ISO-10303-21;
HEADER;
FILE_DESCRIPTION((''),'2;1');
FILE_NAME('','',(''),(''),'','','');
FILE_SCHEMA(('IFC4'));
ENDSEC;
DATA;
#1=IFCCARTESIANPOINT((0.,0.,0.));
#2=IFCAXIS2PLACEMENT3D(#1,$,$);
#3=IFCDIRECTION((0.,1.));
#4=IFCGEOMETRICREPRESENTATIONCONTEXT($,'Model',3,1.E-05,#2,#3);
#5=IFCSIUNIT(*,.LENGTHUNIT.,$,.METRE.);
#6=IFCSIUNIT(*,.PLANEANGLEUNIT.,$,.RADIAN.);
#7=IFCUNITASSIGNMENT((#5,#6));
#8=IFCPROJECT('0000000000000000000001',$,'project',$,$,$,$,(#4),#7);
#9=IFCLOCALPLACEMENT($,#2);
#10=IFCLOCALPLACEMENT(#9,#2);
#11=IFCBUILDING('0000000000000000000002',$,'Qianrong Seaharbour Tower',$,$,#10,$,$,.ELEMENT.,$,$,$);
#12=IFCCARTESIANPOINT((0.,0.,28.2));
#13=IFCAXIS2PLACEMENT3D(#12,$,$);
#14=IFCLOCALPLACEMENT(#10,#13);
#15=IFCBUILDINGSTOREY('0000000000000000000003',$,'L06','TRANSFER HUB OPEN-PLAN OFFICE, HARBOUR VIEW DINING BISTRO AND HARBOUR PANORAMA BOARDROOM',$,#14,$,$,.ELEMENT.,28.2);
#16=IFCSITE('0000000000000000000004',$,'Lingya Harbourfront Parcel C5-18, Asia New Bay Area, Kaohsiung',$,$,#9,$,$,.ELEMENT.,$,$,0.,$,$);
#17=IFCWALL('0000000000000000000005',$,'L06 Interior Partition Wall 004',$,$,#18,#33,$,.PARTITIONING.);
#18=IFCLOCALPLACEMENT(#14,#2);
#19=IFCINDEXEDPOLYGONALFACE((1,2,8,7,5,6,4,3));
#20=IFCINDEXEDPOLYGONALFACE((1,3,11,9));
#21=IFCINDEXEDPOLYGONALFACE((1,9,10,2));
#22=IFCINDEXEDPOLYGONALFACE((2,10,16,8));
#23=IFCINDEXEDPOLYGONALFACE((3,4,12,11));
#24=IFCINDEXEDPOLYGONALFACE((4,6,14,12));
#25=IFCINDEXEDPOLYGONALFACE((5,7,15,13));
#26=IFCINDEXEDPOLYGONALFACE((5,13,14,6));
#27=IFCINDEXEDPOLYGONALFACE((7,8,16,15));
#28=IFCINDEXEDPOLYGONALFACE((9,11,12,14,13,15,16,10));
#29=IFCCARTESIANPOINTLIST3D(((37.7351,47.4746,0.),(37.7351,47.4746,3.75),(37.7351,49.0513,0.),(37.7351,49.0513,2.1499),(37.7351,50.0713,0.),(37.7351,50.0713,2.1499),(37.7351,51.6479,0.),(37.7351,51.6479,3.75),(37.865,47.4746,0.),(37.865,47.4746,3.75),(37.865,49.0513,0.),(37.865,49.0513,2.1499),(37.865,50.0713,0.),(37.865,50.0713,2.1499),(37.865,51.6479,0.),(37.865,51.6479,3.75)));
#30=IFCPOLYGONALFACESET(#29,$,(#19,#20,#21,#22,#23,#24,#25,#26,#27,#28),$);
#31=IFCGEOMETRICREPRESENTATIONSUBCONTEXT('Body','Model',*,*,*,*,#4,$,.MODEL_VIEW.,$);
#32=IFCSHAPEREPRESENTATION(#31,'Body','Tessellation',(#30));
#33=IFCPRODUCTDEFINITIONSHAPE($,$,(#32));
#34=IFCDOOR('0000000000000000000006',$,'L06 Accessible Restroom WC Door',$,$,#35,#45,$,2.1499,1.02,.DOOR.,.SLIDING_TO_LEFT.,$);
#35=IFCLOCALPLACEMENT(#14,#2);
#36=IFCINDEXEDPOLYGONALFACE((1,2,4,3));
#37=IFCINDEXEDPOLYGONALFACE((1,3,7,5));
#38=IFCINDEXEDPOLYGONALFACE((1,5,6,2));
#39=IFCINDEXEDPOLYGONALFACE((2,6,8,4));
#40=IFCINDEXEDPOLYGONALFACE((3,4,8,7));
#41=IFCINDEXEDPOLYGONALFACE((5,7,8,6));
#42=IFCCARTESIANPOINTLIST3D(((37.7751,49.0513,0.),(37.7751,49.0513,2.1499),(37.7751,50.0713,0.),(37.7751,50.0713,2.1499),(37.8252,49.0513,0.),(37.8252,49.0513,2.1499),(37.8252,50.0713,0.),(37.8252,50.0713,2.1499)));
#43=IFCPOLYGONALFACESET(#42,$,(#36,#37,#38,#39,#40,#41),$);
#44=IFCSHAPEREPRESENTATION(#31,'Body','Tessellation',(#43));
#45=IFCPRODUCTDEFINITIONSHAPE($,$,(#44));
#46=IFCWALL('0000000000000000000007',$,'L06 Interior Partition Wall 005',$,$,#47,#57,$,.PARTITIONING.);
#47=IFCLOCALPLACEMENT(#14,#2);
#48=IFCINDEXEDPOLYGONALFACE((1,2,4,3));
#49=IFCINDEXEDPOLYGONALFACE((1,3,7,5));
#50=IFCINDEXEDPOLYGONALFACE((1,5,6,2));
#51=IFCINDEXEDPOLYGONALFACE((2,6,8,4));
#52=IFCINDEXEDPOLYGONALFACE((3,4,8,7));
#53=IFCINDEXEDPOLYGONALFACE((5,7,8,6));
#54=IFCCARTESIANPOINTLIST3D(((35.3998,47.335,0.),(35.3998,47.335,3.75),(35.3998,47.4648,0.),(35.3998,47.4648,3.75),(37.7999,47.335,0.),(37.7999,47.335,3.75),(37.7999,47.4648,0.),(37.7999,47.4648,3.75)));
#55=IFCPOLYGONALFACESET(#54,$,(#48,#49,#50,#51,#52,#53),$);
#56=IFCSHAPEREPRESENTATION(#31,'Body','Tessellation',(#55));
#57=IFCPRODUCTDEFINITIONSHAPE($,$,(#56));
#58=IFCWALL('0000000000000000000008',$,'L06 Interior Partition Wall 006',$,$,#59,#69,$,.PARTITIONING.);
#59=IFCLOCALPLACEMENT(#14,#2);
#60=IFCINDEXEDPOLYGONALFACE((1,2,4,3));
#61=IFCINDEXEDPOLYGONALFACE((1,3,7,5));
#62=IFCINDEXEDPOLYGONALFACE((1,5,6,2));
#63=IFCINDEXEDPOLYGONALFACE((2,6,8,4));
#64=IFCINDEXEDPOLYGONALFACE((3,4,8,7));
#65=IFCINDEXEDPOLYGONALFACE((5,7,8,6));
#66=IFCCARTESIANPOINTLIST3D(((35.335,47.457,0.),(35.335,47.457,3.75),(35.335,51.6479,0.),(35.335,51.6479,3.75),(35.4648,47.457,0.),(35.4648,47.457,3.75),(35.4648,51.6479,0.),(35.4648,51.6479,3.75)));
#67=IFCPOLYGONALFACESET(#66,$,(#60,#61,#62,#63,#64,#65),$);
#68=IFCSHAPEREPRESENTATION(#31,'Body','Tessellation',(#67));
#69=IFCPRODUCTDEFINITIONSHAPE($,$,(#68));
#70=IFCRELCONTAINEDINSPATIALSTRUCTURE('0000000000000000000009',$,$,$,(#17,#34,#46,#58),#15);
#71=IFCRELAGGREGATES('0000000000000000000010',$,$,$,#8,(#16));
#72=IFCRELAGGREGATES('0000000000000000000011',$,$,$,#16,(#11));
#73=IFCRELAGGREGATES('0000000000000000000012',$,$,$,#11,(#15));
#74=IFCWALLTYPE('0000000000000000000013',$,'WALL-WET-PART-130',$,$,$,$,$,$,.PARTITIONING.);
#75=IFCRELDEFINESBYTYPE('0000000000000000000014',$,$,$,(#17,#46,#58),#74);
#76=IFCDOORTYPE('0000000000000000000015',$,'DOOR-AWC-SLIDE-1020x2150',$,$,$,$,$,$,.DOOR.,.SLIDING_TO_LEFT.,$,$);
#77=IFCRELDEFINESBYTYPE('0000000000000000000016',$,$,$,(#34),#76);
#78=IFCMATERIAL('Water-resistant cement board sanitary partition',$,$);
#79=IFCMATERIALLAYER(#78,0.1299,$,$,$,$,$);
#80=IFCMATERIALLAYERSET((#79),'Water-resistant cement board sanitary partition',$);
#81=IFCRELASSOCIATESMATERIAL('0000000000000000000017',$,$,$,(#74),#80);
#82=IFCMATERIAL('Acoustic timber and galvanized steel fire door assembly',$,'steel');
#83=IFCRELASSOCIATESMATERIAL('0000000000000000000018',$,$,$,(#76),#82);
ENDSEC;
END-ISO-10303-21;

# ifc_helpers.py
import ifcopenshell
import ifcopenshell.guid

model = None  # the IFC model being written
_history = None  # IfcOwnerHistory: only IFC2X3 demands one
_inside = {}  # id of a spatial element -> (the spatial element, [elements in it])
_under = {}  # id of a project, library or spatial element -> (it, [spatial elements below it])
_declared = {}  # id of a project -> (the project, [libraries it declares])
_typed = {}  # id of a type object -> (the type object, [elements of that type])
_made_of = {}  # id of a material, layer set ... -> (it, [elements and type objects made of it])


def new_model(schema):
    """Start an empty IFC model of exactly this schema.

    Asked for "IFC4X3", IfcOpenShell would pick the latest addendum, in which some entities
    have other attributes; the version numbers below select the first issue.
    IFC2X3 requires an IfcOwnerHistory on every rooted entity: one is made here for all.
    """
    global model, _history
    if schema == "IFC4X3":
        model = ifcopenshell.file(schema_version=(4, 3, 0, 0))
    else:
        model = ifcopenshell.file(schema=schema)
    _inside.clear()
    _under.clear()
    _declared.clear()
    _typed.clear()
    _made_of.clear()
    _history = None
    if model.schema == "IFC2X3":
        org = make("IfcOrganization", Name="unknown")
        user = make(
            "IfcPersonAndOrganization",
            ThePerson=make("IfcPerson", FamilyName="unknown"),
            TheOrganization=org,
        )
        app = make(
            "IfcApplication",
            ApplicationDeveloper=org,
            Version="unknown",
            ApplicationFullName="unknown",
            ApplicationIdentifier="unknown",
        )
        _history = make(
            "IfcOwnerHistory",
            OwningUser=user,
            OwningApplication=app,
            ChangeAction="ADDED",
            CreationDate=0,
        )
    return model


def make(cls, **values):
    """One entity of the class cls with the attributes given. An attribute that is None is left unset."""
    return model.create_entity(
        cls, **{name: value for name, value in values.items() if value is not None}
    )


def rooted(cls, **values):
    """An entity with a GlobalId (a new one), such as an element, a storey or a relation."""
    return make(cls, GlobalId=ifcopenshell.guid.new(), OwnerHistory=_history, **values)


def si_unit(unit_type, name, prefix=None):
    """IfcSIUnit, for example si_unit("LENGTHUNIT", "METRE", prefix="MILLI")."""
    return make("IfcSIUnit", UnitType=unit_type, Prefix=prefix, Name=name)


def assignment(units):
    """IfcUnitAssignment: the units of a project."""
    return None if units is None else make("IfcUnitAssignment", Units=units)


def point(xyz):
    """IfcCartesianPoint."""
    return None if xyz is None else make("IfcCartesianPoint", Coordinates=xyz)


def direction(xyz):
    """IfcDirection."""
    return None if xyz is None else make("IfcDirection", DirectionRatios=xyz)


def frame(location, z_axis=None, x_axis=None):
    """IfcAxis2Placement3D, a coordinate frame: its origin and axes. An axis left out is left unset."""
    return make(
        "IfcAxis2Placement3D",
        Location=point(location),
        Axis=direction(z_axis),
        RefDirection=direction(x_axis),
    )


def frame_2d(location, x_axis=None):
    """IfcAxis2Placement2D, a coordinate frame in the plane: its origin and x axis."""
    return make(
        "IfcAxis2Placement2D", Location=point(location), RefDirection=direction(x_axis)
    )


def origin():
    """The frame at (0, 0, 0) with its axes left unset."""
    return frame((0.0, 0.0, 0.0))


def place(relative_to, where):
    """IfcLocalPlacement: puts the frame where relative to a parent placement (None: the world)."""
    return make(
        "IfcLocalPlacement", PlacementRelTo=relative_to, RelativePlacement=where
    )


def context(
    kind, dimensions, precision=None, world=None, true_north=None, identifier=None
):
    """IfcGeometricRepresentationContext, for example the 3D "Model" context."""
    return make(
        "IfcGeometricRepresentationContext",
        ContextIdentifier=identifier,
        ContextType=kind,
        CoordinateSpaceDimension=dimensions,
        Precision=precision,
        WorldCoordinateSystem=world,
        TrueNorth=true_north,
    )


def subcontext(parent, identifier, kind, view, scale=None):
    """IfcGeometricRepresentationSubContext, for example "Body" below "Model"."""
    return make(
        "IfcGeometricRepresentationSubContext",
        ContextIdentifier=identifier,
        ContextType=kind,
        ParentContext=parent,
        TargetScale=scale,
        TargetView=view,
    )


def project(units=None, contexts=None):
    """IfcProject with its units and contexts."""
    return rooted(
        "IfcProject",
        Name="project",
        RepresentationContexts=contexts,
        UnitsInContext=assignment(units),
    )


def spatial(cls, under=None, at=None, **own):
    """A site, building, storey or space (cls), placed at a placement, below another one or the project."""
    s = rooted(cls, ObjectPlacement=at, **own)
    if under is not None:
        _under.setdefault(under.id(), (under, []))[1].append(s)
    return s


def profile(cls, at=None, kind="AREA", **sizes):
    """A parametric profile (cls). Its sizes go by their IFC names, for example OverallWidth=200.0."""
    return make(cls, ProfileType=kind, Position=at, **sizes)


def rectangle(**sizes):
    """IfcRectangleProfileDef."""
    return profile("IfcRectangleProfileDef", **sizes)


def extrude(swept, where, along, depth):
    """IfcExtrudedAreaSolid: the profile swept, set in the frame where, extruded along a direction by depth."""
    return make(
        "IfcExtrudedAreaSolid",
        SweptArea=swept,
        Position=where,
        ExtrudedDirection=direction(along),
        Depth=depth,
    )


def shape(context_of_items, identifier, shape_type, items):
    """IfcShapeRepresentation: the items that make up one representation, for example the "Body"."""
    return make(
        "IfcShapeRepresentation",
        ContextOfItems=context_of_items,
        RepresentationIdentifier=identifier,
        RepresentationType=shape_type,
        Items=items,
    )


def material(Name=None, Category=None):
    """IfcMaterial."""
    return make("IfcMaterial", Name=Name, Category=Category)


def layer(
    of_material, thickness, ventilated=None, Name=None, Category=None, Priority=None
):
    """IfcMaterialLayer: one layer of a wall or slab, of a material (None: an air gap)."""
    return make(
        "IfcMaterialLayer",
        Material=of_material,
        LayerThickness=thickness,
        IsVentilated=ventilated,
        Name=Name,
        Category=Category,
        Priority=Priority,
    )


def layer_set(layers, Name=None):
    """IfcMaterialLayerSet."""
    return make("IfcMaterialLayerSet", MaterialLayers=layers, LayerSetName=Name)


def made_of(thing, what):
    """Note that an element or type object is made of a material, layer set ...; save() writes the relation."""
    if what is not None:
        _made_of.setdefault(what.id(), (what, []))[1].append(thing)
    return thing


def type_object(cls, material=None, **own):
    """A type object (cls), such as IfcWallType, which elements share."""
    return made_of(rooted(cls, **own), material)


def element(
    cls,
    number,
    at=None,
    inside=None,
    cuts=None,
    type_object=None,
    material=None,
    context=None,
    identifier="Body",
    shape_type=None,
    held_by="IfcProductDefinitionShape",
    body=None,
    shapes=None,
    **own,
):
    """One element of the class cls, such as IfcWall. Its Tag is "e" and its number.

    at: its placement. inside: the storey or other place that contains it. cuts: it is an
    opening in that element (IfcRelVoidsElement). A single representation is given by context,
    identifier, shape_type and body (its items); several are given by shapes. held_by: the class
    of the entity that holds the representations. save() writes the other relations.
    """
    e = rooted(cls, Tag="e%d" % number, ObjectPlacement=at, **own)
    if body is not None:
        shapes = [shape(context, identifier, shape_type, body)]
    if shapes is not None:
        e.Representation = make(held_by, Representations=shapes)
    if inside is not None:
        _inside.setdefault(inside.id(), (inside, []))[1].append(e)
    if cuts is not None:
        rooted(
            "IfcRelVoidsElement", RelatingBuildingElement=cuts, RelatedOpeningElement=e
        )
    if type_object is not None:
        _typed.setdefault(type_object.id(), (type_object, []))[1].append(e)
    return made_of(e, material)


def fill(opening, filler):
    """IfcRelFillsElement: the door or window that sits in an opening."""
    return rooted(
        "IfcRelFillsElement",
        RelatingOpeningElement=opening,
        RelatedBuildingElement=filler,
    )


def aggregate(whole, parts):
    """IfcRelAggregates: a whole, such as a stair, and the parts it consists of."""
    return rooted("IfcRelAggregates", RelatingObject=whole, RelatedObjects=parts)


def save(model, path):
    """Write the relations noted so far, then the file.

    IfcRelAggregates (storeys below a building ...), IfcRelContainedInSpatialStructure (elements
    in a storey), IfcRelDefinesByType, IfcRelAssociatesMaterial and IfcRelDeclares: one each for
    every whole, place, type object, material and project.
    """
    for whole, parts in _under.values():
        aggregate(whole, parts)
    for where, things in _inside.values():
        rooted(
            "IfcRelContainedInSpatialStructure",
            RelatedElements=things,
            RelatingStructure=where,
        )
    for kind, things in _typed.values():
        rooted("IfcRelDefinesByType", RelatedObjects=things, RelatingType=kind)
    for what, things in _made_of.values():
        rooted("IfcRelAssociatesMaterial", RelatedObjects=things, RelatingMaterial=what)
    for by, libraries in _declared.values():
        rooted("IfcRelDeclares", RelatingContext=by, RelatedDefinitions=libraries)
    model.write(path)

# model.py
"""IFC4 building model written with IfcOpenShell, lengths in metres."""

from ifc_helpers import new_model, si_unit, direction, frame, frame_2d, origin, place, context, subcontext, project, spatial, rectangle, extrude, material, layer, layer_set, type_object, element, fill, save


model = new_model("IFC4")

# Units and contexts
model_context = context("Model", 3, precision=1e-05, world=origin(), true_north=direction((0.0, 1.0)))
body_context = subcontext(model_context, "Body", "Model", "MODEL_VIEW")
ifc_project = project(units=[si_unit("LENGTHUNIT", "METRE"), si_unit("PLANEANGLEUNIT", "RADIAN")], contexts=[model_context])

# Site, building, storey
site_placement = place(None, origin())
site = spatial("IfcSite", under=ifc_project, at=site_placement, Name="Lingya Harbourfront Parcel C5-18, Asia New Bay Area, Kaohsiung", CompositionType="ELEMENT", RefElevation=0.0)
building_placement = place(site_placement, origin())
building = spatial("IfcBuilding", under=site, at=building_placement, Name="Qianrong Seaharbour Tower", CompositionType="ELEMENT")
storey_placement = place(building_placement, frame((0.0, 0.0, 28.2)))
storey = spatial("IfcBuildingStorey", under=building, at=storey_placement, Name="L06", Description="TRANSFER HUB OPEN-PLAN OFFICE, HARBOUR VIEW DINING BISTRO AND HARBOUR PANORAMA BOARDROOM", CompositionType="ELEMENT", Elevation=28.2)

# Shared definitions
ifc_material_1 = material(Name="Acoustic timber and galvanized steel fire door assembly", Category="steel")

# Wall, opening, door
ifc_material_2 = material(Name="Water-resistant cement board sanitary partition")
ifc_layer_1 = layer(ifc_material_2, 0.1299)
ifc_layer_set_1 = layer_set([ifc_layer_1], Name="Water-resistant cement board sanitary partition")
wall_type_1 = type_object("IfcWallType", Name="WALL-WET-PART-130", PredefinedType="PARTITIONING", material=ifc_layer_set_1)
wall_1_placement = place(storey_placement, frame((37.8, 47.4746, 0.0), z_axis=(0.0, 0.0, 1.0), x_axis=(0.0, 1.0, 0.0)))
wall_1 = element("IfcWall", 1, at=wall_1_placement, inside=storey, type_object=wall_type_1, Name="L06 Interior Partition Wall 004", PredefinedType="PARTITIONING", context=body_context, shape_type="SweptSolid", body=[
    extrude(rectangle(XDim=4.1733, YDim=0.1299, at=frame_2d((2.0867, 0.0))), origin(), (0.0, 0.0, 1.0), 3.75),
])
opening_1_placement = place(wall_1_placement, frame((1.5767, 0.0, 0.0)))
opening_1 = element("IfcOpeningElement", 2, at=opening_1_placement, cuts=wall_1, PredefinedType="OPENING", context=body_context, shape_type="SweptSolid", body=[
    extrude(rectangle(XDim=1.02, YDim=2.1499, at=frame_2d((0.51, 1.075))), frame((0.0, 0.075, 0.0), z_axis=(0.0, -1.0, 0.0), x_axis=(1.0, 0.0, 0.0)), (0.0, 0.0, 1.0), 0.1499),
])
door_type_1 = type_object("IfcDoorType", Name="DOOR-AWC-SLIDE-1020x2150", OperationType="SLIDING_TO_LEFT", PredefinedType="DOOR", material=ifc_material_1)
door_1_placement = place(opening_1_placement, origin())
door_1 = element("IfcDoor", 3, at=door_1_placement, inside=storey, type_object=door_type_1, Name="L06 Accessible Restroom WC Door", OperationType="SLIDING_TO_LEFT", OverallHeight=2.1499, OverallWidth=1.02, PredefinedType="DOOR", context=body_context, shape_type="SweptSolid", body=[
    extrude(rectangle(XDim=1.02, YDim=2.1499, at=frame_2d((0.51, 1.075))), frame((0.0, 0.0249, 0.0), z_axis=(0.0, -1.0, 0.0), x_axis=(1.0, 0.0, 0.0)), (0.0, 0.0, 1.0), 0.05),
])
fill(opening_1, door_1)

# Walls
wall_2_placement = place(storey_placement, frame((37.8, 47.3999, 0.0), z_axis=(0.0, 0.0, 1.0), x_axis=(-1.0, 0.0, 0.0)))
element("IfcWall", 4, at=wall_2_placement, inside=storey, type_object=wall_type_1, Name="L06 Interior Partition Wall 005", PredefinedType="PARTITIONING", context=body_context, shape_type="SweptSolid", body=[
    extrude(rectangle(XDim=2.4001, YDim=0.1299, at=frame_2d((1.2002, 0.0))), origin(), (0.0, 0.0, 1.0), 3.75),
])
wall_3_placement = place(storey_placement, frame((35.3999, 47.457, 0.0), z_axis=(0.0, 0.0, 1.0), x_axis=(0.0, 1.0, 0.0)))
element("IfcWall", 5, at=wall_3_placement, inside=storey, type_object=wall_type_1, Name="L06 Interior Partition Wall 006", PredefinedType="PARTITIONING", context=body_context, shape_type="SweptSolid", body=[
    extrude(rectangle(XDim=4.1909, YDim=0.1299, at=frame_2d((2.0955, 0.0))), origin(), (0.0, 0.0, 1.0), 3.75),
])

save(model, "model.ifc")
